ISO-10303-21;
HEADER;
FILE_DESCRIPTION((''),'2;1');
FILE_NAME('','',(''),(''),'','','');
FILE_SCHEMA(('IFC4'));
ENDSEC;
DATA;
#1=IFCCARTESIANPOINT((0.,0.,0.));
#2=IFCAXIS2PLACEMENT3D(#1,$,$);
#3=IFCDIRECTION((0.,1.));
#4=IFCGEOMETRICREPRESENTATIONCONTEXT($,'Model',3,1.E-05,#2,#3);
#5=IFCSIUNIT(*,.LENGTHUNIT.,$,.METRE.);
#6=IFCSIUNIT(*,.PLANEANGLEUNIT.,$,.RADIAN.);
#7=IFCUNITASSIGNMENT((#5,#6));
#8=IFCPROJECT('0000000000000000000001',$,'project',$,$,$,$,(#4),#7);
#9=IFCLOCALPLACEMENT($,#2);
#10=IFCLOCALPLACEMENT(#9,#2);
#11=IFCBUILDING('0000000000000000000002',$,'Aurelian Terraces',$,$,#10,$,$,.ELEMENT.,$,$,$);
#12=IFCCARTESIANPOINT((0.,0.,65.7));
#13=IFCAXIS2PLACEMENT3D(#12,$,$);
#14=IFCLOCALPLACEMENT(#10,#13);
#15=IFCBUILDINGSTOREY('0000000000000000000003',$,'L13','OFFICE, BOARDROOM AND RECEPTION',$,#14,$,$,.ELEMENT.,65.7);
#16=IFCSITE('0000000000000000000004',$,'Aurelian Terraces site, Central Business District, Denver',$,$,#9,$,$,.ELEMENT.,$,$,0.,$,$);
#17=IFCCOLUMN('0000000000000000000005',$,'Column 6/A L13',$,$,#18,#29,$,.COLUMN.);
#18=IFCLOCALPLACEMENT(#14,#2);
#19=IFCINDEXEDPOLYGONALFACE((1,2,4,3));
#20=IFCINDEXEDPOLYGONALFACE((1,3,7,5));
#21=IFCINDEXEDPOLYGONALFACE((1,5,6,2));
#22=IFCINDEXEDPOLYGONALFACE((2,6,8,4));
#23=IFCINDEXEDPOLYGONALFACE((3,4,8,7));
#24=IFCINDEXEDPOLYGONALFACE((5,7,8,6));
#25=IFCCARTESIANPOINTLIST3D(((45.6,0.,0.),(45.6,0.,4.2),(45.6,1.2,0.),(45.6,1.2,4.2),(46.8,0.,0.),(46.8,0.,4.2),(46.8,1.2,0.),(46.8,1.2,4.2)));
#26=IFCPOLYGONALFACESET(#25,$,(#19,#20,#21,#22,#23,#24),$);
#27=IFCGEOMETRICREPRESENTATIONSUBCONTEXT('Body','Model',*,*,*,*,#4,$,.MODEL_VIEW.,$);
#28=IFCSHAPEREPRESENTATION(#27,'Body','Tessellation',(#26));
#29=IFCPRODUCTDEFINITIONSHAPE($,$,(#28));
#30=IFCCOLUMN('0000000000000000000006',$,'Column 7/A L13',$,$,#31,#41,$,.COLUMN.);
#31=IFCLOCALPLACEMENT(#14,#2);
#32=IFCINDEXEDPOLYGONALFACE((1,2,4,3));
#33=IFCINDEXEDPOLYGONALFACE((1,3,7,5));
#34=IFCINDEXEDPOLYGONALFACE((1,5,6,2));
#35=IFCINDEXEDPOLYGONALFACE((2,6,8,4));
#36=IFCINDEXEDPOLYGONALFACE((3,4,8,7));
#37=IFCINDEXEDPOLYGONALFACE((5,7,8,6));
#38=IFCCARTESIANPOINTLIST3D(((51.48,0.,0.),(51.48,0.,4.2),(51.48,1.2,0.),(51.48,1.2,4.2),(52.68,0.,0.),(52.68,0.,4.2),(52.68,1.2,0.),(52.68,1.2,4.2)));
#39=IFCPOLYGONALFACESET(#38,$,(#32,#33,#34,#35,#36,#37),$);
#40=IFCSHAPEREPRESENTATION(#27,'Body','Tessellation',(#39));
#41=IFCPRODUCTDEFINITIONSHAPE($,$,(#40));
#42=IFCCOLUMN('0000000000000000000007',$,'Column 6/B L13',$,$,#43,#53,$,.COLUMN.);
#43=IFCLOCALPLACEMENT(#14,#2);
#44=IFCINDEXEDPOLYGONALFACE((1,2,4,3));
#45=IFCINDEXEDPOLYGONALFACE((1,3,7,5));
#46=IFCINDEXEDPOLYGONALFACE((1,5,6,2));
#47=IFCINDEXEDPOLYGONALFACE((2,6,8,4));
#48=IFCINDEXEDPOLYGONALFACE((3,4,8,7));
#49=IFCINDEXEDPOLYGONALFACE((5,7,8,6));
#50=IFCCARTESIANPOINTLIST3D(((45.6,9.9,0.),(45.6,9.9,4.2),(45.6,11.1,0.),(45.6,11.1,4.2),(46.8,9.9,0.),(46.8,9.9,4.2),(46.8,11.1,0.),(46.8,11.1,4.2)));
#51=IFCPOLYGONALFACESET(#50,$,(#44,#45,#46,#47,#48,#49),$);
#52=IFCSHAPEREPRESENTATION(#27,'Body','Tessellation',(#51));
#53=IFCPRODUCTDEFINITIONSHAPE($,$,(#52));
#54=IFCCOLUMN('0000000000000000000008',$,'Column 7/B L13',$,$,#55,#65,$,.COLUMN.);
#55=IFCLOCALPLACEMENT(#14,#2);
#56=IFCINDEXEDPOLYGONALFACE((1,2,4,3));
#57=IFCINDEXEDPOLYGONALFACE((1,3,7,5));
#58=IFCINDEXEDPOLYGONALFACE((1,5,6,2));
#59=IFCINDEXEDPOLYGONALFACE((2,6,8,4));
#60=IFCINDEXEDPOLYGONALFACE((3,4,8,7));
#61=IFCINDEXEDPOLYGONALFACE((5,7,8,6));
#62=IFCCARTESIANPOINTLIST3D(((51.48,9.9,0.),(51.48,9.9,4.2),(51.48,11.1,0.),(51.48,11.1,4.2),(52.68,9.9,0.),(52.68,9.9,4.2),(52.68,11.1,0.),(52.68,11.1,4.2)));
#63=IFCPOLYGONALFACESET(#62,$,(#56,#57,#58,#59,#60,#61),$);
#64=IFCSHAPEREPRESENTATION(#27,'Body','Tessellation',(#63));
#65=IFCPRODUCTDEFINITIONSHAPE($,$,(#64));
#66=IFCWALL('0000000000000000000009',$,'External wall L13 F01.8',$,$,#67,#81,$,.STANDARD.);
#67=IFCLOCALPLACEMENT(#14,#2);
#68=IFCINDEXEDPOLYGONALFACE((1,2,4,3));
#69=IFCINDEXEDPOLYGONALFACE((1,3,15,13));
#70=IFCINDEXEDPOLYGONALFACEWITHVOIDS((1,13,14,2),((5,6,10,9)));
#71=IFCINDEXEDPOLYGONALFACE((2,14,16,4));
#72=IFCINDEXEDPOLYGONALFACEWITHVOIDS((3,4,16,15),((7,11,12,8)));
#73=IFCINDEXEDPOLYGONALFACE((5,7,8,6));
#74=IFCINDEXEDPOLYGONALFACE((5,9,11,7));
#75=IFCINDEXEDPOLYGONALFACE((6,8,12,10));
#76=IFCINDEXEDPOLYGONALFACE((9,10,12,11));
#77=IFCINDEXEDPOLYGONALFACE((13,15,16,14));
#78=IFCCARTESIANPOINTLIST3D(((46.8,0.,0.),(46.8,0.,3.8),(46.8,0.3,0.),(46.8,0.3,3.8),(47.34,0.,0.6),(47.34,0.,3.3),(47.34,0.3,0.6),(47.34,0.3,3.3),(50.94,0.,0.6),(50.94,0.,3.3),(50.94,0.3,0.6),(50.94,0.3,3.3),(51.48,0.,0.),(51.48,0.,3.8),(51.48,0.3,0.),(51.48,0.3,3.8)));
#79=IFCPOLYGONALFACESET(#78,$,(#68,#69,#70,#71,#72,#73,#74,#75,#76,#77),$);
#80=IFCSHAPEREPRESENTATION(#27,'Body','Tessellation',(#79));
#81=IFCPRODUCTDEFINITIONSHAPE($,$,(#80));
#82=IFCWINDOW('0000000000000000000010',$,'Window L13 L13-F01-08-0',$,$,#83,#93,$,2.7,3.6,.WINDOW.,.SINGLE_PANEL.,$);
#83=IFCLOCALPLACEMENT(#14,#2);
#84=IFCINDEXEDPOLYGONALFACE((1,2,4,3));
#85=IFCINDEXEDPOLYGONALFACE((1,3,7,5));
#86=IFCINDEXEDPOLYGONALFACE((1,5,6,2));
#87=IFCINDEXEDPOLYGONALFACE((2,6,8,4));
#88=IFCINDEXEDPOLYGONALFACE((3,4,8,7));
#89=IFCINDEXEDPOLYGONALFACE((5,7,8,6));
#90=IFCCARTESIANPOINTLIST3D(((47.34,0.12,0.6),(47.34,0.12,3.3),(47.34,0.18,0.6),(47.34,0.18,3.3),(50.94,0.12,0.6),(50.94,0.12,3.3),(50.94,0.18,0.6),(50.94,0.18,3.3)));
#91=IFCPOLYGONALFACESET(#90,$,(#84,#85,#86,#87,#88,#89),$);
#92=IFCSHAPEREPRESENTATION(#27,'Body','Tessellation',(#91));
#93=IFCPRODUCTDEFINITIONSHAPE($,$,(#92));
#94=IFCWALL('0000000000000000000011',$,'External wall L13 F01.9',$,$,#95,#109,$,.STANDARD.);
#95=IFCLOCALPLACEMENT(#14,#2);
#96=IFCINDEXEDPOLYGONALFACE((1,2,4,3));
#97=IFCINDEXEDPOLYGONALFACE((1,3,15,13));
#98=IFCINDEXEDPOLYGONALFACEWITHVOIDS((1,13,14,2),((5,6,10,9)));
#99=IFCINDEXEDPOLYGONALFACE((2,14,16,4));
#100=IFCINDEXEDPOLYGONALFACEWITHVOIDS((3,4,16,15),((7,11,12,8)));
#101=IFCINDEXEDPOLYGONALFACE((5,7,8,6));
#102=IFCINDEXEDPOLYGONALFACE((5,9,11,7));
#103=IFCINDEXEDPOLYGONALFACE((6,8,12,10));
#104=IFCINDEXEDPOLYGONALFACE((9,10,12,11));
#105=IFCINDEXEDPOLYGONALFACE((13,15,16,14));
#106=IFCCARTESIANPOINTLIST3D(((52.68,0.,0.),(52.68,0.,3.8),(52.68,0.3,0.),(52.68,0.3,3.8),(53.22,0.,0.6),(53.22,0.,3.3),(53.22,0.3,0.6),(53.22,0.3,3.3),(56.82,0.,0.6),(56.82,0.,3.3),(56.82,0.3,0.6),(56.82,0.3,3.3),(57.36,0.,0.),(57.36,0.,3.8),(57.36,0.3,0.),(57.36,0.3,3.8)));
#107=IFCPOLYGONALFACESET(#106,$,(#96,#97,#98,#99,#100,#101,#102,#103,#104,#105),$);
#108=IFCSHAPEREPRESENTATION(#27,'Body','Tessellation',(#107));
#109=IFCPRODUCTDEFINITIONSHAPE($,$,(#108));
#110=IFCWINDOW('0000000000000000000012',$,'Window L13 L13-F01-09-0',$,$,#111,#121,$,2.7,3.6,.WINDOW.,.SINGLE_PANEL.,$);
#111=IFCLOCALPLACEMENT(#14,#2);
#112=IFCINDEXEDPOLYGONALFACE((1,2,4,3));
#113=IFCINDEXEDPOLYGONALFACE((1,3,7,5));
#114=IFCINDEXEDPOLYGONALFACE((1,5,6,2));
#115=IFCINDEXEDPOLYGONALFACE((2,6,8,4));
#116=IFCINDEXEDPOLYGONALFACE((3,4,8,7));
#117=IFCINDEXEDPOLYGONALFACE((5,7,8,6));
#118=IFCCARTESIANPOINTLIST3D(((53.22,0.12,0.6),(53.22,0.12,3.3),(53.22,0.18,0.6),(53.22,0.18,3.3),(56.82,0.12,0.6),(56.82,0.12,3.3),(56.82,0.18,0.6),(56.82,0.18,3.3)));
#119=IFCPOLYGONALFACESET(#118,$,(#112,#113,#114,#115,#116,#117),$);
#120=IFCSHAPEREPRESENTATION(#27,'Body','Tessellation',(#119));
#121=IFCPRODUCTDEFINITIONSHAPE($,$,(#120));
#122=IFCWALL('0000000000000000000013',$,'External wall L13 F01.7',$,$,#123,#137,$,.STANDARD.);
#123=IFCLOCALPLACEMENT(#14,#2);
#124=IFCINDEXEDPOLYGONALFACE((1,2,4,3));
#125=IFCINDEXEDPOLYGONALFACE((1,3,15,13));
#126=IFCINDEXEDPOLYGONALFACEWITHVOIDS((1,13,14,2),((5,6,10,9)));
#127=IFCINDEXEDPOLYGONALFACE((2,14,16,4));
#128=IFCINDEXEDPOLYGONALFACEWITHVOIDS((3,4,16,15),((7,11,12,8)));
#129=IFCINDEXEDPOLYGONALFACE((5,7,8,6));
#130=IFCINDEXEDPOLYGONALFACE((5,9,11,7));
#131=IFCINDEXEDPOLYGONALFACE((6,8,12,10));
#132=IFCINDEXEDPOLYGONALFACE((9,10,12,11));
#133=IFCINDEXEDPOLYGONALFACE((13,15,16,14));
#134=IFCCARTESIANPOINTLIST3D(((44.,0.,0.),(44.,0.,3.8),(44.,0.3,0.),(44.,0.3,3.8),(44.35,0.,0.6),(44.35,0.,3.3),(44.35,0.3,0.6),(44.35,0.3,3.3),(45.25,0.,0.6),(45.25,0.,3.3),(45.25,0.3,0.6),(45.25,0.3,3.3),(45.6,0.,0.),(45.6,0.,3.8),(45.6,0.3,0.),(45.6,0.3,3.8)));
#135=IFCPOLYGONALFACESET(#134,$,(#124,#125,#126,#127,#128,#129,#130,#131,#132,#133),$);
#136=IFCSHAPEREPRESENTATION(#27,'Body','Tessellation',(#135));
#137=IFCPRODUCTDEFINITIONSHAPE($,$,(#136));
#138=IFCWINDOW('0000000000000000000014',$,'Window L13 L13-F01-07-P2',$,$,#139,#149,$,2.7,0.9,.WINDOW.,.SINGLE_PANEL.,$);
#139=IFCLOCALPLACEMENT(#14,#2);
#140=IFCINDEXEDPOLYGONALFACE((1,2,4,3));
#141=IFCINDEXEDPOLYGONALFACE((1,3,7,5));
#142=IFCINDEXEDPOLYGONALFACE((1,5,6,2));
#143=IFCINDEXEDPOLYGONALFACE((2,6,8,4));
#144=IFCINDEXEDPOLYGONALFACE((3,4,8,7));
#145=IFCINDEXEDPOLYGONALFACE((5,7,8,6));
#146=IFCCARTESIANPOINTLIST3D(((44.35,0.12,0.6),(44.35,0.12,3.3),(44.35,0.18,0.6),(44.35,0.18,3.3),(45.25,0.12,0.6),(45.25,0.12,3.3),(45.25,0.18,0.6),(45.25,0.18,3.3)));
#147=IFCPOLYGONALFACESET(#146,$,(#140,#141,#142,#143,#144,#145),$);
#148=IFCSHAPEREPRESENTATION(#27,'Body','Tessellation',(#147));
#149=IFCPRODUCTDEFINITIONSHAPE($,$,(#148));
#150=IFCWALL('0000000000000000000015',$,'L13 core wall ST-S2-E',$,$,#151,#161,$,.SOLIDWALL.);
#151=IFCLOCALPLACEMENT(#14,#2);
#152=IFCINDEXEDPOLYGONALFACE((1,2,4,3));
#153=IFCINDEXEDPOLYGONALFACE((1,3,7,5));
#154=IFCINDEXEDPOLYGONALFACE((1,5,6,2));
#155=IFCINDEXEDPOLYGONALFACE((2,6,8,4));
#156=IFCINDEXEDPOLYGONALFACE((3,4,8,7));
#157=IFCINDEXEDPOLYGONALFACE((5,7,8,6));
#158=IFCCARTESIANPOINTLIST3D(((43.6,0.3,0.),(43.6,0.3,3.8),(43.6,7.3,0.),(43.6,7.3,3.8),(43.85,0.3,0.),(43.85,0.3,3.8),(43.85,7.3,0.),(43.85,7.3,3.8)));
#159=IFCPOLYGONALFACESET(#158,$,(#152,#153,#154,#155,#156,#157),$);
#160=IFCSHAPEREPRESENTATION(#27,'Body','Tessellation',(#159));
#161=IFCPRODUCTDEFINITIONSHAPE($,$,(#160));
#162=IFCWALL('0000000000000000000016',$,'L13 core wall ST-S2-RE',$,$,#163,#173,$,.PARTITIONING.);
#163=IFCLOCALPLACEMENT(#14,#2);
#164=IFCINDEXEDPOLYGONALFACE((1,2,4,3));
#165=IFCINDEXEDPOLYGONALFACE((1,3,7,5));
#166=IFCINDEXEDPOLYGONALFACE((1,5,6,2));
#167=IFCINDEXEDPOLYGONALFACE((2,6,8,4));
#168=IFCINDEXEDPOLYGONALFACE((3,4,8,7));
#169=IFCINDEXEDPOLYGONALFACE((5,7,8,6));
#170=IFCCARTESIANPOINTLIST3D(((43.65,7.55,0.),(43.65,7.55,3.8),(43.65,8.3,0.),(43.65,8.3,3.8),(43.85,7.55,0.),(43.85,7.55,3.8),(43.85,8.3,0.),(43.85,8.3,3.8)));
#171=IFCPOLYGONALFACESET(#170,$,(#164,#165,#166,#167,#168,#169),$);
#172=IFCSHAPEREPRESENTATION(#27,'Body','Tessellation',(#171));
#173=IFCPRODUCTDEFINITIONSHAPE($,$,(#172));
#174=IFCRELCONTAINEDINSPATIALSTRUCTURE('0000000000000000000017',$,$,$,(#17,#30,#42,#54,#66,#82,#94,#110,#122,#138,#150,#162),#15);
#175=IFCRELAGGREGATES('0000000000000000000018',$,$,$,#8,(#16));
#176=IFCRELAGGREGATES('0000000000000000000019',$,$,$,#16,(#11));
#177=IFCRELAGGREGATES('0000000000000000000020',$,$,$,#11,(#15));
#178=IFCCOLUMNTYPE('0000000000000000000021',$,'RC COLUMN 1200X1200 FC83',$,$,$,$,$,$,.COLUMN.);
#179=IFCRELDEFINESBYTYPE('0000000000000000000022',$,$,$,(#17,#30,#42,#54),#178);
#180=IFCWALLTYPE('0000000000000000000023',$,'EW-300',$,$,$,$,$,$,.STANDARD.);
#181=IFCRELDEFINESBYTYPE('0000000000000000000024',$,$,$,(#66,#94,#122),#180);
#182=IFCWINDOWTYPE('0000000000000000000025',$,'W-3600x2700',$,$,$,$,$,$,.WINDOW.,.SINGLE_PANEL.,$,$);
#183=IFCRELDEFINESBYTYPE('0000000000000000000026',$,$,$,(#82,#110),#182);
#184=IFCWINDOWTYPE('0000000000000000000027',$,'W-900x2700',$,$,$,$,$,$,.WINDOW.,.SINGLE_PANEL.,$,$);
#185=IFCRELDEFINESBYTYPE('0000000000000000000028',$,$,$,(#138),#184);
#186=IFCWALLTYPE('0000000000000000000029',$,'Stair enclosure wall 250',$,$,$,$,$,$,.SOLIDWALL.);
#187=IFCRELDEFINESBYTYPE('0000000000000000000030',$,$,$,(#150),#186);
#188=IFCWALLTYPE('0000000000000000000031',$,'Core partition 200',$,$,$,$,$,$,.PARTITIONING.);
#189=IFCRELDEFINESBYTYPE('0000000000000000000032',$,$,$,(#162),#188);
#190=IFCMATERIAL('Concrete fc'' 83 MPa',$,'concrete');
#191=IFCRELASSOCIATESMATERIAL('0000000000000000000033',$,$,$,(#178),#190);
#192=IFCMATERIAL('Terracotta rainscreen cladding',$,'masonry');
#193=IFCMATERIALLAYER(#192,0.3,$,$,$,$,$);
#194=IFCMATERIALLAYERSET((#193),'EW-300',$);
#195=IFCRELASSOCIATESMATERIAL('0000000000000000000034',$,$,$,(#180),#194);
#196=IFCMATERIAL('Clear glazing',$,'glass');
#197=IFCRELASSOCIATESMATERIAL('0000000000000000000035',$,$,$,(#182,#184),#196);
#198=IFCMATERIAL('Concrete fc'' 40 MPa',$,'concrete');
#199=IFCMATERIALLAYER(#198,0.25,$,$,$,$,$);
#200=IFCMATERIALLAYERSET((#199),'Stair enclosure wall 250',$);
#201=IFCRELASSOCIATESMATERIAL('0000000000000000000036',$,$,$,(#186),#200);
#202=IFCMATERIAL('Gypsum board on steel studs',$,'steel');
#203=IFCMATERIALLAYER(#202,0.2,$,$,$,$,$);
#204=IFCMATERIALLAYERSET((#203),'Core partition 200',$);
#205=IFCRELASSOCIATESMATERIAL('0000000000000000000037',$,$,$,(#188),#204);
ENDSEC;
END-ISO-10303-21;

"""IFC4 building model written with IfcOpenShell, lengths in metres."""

from ifc_helpers import new_model, si_unit, direction, frame, frame_2d, origin, origin_2d, place, context, subcontext, project, spatial, rectangle, extrude, source, transform, mapped, material, layer, layer_set, material_profile, profile_set, type_object, element, fill, save


model = new_model("IFC4")

# Units and contexts
model_context = context("Model", 3, precision=1e-05, world=origin(), true_north=direction((0.0, 1.0)))
body_context = subcontext(model_context, "Body", "Model", "MODEL_VIEW")
ifc_project = project(units=[si_unit("LENGTHUNIT", "METRE"), si_unit("PLANEANGLEUNIT", "RADIAN")], contexts=[model_context])

# Site, building, storey
site_placement = place(None, origin())
site = spatial("IfcSite", under=ifc_project, at=site_placement, Name="Aurelian Terraces site, Central Business District, Denver", CompositionType="ELEMENT", RefElevation=0.0)
building_placement = place(site_placement, origin())
building = spatial("IfcBuilding", under=site, at=building_placement, Name="Aurelian Terraces", CompositionType="ELEMENT")
storey_placement = place(building_placement, frame((0.0, 0.0, 65.7)))
storey = spatial("IfcBuildingStorey", under=building, at=storey_placement, Name="L13", Description="OFFICE, BOARDROOM AND RECEPTION", CompositionType="ELEMENT", Elevation=65.7)

# Columns
ifc_material_1 = material(Name="Concrete fc' 83 MPa", Category="concrete")
ifc_material_profile = material_profile(ifc_material_1, rectangle(XDim=1.2, YDim=1.2, at=origin_2d()))
ifc_profile_set = profile_set([ifc_material_profile], Name="Concrete fc' 83 MPa")
column_type = type_object("IfcColumnType", Name="RC COLUMN 1200X1200 FC83", PredefinedType="COLUMN", material=ifc_profile_set)
shared_shape_1 = source(origin(), body_context, "Body", "SweptSolid", [
    extrude(rectangle(XDim=1.2, YDim=1.2, at=origin_2d()), origin(), (0.0, 0.0, 1.0), 4.2),
])
for number, where, z_axis, x_axis, name in (
    (1, (46.2, 0.6, 0.0), (0.0, 0.0, 1.0), (1.0, 0.0, 0.0), "Column 6/A L13"),
    (2, (52.08, 0.6, 0.0), (0.0, 0.0, 1.0), (1.0, 0.0, 0.0), "Column 7/A L13"),
    (3, (46.2, 10.5, 0.0), (0.0, 0.0, 1.0), (1.0, 0.0, 0.0), "Column 6/B L13"),
    (4, (52.08, 10.5, 0.0), (0.0, 0.0, 1.0), (1.0, 0.0, 0.0), "Column 7/B L13"),
):
    element("IfcColumn", number, at=place(storey_placement, frame(where, z_axis=z_axis, x_axis=x_axis)), inside=storey, type_object=column_type, Name=name, PredefinedType="COLUMN", context=body_context, shape_type="MappedRepresentation", body=[
        mapped(shared_shape_1, transform((0.0, 0.0, 0.0), scale=1.0)),
    ])

# Walls, openings, windows
ifc_material_2 = material(Name="Terracotta rainscreen cladding", Category="masonry")
ifc_layer_1 = layer(ifc_material_2, 0.3)
ifc_layer_set_1 = layer_set([ifc_layer_1], Name="EW-300")
wall_type_1 = type_object("IfcWallType", Name="EW-300", PredefinedType="STANDARD", material=ifc_layer_set_1)
shared_shape_2 = source(origin(), body_context, "Body", "SweptSolid", [
    extrude(rectangle(XDim=4.68, YDim=0.3, at=frame_2d((2.34, 0.0))), origin(), (0.0, 0.0, 1.0), 3.8),
])
wall_1_placement = place(storey_placement, frame((46.8, 0.15, 0.0), z_axis=(0.0, 0.0, 1.0), x_axis=(1.0, 0.0, 0.0)))
wall_1 = element("IfcWall", 5, at=wall_1_placement, inside=storey, type_object=wall_type_1, Name="External wall L13 F01.8", PredefinedType="STANDARD", context=body_context, shape_type="MappedRepresentation", body=[
    mapped(shared_shape_2, transform((0.0, 0.0, 0.0), scale=1.0)),
])
shared_shape_3 = source(origin(), body_context, "Body", "SweptSolid", [
    extrude(rectangle(XDim=3.6, YDim=2.7, at=frame_2d((1.8, 1.35))), frame((0.0, 0.16, 0.0), z_axis=(0.0, -1.0, 0.0), x_axis=(1.0, 0.0, 0.0)), (0.0, 0.0, 1.0), 0.32),
])
opening_1_placement = place(wall_1_placement, frame((0.54, 0.0, 0.6)))
opening_1 = element("IfcOpeningElement", 6, at=opening_1_placement, cuts=wall_1, PredefinedType="OPENING", context=body_context, shape_type="MappedRepresentation", body=[
    mapped(shared_shape_3, transform((0.0, 0.0, 0.0), scale=1.0)),
])
ifc_material_3 = material(Name="Clear glazing", Category="glass")
window_type_1 = type_object("IfcWindowType", Name="W-3600x2700", PartitioningType="SINGLE_PANEL", PredefinedType="WINDOW", material=ifc_material_3)
shared_shape_4 = source(origin(), body_context, "Body", "SweptSolid", [
    extrude(rectangle(XDim=3.6, YDim=2.7, at=frame_2d((1.8, 1.35))), frame((0.0, 0.03, 0.0), z_axis=(0.0, -1.0, 0.0), x_axis=(1.0, 0.0, 0.0)), (0.0, 0.0, 1.0), 0.06),
])
window_1_placement = place(opening_1_placement, origin())
window_1 = element("IfcWindow", 7, at=window_1_placement, inside=storey, type_object=window_type_1, Name="Window L13 L13-F01-08-0", OverallHeight=2.7, OverallWidth=3.6, PartitioningType="SINGLE_PANEL", PredefinedType="WINDOW", context=body_context, shape_type="MappedRepresentation", body=[
    mapped(shared_shape_4, transform((0.0, 0.0, 0.0), scale=1.0)),
])
fill(opening_1, window_1)
wall_2_placement = place(storey_placement, frame((52.68, 0.15, 0.0), z_axis=(0.0, 0.0, 1.0), x_axis=(1.0, 0.0, 0.0)))
wall_2 = element("IfcWall", 8, at=wall_2_placement, inside=storey, type_object=wall_type_1, Name="External wall L13 F01.9", PredefinedType="STANDARD", context=body_context, shape_type="MappedRepresentation", body=[
    mapped(shared_shape_2, transform((0.0, 0.0, 0.0), scale=1.0)),
])
opening_2_placement = place(wall_2_placement, frame((0.54, 0.0, 0.6)))
opening_2 = element("IfcOpeningElement", 9, at=opening_2_placement, cuts=wall_2, PredefinedType="OPENING", context=body_context, shape_type="MappedRepresentation", body=[
    mapped(shared_shape_3, transform((0.0, 0.0, 0.0), scale=1.0)),
])
window_2_placement = place(opening_2_placement, origin())
window_2 = element("IfcWindow", 10, at=window_2_placement, inside=storey, type_object=window_type_1, Name="Window L13 L13-F01-09-0", OverallHeight=2.7, OverallWidth=3.6, PartitioningType="SINGLE_PANEL", PredefinedType="WINDOW", context=body_context, shape_type="MappedRepresentation", body=[
    mapped(shared_shape_4, transform((0.0, 0.0, 0.0), scale=1.0)),
])
fill(opening_2, window_2)
shared_shape_5 = source(origin(), body_context, "Body", "SweptSolid", [
    extrude(rectangle(XDim=1.6, YDim=0.3, at=frame_2d((0.8, 0.0))), origin(), (0.0, 0.0, 1.0), 3.8),
])
wall_3_placement = place(storey_placement, frame((44.0, 0.15, 0.0), z_axis=(0.0, 0.0, 1.0), x_axis=(1.0, 0.0, 0.0)))
wall_3 = element("IfcWall", 11, at=wall_3_placement, inside=storey, type_object=wall_type_1, Name="External wall L13 F01.7", PredefinedType="STANDARD", context=body_context, shape_type="MappedRepresentation", body=[
    mapped(shared_shape_5, transform((0.0, 0.0, 0.0), scale=1.0)),
])
shared_shape_6 = source(origin(), body_context, "Body", "SweptSolid", [
    extrude(rectangle(XDim=0.9, YDim=2.7, at=frame_2d((0.45, 1.35))), frame((0.0, 0.16, 0.0), z_axis=(0.0, -1.0, 0.0), x_axis=(1.0, 0.0, 0.0)), (0.0, 0.0, 1.0), 0.32),
])
opening_3_placement = place(wall_3_placement, frame((0.35, 0.0, 0.6)))
opening_3 = element("IfcOpeningElement", 12, at=opening_3_placement, cuts=wall_3, PredefinedType="OPENING", context=body_context, shape_type="MappedRepresentation", body=[
    mapped(shared_shape_6, transform((0.0, 0.0, 0.0), scale=1.0)),
])
window_type_2 = type_object("IfcWindowType", Name="W-900x2700", PartitioningType="SINGLE_PANEL", PredefinedType="WINDOW", material=ifc_material_3)
shared_shape_7 = source(origin(), body_context, "Body", "SweptSolid", [
    extrude(rectangle(XDim=0.9, YDim=2.7, at=frame_2d((0.45, 1.35))), frame((0.0, 0.03, 0.0), z_axis=(0.0, -1.0, 0.0), x_axis=(1.0, 0.0, 0.0)), (0.0, 0.0, 1.0), 0.06),
])
window_3_placement = place(opening_3_placement, origin())
window_3 = element("IfcWindow", 13, at=window_3_placement, inside=storey, type_object=window_type_2, Name="Window L13 L13-F01-07-P2", OverallHeight=2.7, OverallWidth=0.9, PartitioningType="SINGLE_PANEL", PredefinedType="WINDOW", context=body_context, shape_type="MappedRepresentation", body=[
    mapped(shared_shape_7, transform((0.0, 0.0, 0.0), scale=1.0)),
])
fill(opening_3, window_3)

# Walls
ifc_material_4 = material(Name="Concrete fc' 40 MPa", Category="concrete")
ifc_layer_2 = layer(ifc_material_4, 0.25)
ifc_layer_set_2 = layer_set([ifc_layer_2], Name="Stair enclosure wall 250")
wall_type_2 = type_object("IfcWallType", Name="Stair enclosure wall 250", PredefinedType="SOLIDWALL", material=ifc_layer_set_2)
shared_shape_8 = source(origin(), body_context, "Body", "SweptSolid", [
    extrude(rectangle(XDim=7.0, YDim=0.25, at=frame_2d((3.5, 0.0))), origin(), (0.0, 0.0, 1.0), 3.8),
])
wall_4_placement = place(storey_placement, frame((43.725, 0.3, 0.0), z_axis=(0.0, 0.0, 1.0), x_axis=(0.0, 1.0, 0.0)))
element("IfcWall", 14, at=wall_4_placement, inside=storey, type_object=wall_type_2, Name="L13 core wall ST-S2-E", PredefinedType="SOLIDWALL", context=body_context, shape_type="MappedRepresentation", body=[
    mapped(shared_shape_8, transform((0.0, 0.0, 0.0), scale=1.0)),
])
ifc_material_5 = material(Name="Gypsum board on steel studs", Category="steel")
ifc_layer_3 = layer(ifc_material_5, 0.2)
ifc_layer_set_3 = layer_set([ifc_layer_3], Name="Core partition 200")
wall_type_3 = type_object("IfcWallType", Name="Core partition 200", PredefinedType="PARTITIONING", material=ifc_layer_set_3)
shared_shape_9 = source(origin(), body_context, "Body", "SweptSolid", [
    extrude(rectangle(XDim=0.75, YDim=0.2, at=frame_2d((0.375, 0.0))), origin(), (0.0, 0.0, 1.0), 3.8),
])
wall_5_placement = place(storey_placement, frame((43.75, 7.55, 0.0), z_axis=(0.0, 0.0, 1.0), x_axis=(0.0, 1.0, 0.0)))
element("IfcWall", 15, at=wall_5_placement, inside=storey, type_object=wall_type_3, Name="L13 core wall ST-S2-RE", PredefinedType="PARTITIONING", context=body_context, shape_type="MappedRepresentation", body=[
    mapped(shared_shape_9, transform((0.0, 0.0, 0.0), scale=1.0)),
])

save(model, "model.ifc")
